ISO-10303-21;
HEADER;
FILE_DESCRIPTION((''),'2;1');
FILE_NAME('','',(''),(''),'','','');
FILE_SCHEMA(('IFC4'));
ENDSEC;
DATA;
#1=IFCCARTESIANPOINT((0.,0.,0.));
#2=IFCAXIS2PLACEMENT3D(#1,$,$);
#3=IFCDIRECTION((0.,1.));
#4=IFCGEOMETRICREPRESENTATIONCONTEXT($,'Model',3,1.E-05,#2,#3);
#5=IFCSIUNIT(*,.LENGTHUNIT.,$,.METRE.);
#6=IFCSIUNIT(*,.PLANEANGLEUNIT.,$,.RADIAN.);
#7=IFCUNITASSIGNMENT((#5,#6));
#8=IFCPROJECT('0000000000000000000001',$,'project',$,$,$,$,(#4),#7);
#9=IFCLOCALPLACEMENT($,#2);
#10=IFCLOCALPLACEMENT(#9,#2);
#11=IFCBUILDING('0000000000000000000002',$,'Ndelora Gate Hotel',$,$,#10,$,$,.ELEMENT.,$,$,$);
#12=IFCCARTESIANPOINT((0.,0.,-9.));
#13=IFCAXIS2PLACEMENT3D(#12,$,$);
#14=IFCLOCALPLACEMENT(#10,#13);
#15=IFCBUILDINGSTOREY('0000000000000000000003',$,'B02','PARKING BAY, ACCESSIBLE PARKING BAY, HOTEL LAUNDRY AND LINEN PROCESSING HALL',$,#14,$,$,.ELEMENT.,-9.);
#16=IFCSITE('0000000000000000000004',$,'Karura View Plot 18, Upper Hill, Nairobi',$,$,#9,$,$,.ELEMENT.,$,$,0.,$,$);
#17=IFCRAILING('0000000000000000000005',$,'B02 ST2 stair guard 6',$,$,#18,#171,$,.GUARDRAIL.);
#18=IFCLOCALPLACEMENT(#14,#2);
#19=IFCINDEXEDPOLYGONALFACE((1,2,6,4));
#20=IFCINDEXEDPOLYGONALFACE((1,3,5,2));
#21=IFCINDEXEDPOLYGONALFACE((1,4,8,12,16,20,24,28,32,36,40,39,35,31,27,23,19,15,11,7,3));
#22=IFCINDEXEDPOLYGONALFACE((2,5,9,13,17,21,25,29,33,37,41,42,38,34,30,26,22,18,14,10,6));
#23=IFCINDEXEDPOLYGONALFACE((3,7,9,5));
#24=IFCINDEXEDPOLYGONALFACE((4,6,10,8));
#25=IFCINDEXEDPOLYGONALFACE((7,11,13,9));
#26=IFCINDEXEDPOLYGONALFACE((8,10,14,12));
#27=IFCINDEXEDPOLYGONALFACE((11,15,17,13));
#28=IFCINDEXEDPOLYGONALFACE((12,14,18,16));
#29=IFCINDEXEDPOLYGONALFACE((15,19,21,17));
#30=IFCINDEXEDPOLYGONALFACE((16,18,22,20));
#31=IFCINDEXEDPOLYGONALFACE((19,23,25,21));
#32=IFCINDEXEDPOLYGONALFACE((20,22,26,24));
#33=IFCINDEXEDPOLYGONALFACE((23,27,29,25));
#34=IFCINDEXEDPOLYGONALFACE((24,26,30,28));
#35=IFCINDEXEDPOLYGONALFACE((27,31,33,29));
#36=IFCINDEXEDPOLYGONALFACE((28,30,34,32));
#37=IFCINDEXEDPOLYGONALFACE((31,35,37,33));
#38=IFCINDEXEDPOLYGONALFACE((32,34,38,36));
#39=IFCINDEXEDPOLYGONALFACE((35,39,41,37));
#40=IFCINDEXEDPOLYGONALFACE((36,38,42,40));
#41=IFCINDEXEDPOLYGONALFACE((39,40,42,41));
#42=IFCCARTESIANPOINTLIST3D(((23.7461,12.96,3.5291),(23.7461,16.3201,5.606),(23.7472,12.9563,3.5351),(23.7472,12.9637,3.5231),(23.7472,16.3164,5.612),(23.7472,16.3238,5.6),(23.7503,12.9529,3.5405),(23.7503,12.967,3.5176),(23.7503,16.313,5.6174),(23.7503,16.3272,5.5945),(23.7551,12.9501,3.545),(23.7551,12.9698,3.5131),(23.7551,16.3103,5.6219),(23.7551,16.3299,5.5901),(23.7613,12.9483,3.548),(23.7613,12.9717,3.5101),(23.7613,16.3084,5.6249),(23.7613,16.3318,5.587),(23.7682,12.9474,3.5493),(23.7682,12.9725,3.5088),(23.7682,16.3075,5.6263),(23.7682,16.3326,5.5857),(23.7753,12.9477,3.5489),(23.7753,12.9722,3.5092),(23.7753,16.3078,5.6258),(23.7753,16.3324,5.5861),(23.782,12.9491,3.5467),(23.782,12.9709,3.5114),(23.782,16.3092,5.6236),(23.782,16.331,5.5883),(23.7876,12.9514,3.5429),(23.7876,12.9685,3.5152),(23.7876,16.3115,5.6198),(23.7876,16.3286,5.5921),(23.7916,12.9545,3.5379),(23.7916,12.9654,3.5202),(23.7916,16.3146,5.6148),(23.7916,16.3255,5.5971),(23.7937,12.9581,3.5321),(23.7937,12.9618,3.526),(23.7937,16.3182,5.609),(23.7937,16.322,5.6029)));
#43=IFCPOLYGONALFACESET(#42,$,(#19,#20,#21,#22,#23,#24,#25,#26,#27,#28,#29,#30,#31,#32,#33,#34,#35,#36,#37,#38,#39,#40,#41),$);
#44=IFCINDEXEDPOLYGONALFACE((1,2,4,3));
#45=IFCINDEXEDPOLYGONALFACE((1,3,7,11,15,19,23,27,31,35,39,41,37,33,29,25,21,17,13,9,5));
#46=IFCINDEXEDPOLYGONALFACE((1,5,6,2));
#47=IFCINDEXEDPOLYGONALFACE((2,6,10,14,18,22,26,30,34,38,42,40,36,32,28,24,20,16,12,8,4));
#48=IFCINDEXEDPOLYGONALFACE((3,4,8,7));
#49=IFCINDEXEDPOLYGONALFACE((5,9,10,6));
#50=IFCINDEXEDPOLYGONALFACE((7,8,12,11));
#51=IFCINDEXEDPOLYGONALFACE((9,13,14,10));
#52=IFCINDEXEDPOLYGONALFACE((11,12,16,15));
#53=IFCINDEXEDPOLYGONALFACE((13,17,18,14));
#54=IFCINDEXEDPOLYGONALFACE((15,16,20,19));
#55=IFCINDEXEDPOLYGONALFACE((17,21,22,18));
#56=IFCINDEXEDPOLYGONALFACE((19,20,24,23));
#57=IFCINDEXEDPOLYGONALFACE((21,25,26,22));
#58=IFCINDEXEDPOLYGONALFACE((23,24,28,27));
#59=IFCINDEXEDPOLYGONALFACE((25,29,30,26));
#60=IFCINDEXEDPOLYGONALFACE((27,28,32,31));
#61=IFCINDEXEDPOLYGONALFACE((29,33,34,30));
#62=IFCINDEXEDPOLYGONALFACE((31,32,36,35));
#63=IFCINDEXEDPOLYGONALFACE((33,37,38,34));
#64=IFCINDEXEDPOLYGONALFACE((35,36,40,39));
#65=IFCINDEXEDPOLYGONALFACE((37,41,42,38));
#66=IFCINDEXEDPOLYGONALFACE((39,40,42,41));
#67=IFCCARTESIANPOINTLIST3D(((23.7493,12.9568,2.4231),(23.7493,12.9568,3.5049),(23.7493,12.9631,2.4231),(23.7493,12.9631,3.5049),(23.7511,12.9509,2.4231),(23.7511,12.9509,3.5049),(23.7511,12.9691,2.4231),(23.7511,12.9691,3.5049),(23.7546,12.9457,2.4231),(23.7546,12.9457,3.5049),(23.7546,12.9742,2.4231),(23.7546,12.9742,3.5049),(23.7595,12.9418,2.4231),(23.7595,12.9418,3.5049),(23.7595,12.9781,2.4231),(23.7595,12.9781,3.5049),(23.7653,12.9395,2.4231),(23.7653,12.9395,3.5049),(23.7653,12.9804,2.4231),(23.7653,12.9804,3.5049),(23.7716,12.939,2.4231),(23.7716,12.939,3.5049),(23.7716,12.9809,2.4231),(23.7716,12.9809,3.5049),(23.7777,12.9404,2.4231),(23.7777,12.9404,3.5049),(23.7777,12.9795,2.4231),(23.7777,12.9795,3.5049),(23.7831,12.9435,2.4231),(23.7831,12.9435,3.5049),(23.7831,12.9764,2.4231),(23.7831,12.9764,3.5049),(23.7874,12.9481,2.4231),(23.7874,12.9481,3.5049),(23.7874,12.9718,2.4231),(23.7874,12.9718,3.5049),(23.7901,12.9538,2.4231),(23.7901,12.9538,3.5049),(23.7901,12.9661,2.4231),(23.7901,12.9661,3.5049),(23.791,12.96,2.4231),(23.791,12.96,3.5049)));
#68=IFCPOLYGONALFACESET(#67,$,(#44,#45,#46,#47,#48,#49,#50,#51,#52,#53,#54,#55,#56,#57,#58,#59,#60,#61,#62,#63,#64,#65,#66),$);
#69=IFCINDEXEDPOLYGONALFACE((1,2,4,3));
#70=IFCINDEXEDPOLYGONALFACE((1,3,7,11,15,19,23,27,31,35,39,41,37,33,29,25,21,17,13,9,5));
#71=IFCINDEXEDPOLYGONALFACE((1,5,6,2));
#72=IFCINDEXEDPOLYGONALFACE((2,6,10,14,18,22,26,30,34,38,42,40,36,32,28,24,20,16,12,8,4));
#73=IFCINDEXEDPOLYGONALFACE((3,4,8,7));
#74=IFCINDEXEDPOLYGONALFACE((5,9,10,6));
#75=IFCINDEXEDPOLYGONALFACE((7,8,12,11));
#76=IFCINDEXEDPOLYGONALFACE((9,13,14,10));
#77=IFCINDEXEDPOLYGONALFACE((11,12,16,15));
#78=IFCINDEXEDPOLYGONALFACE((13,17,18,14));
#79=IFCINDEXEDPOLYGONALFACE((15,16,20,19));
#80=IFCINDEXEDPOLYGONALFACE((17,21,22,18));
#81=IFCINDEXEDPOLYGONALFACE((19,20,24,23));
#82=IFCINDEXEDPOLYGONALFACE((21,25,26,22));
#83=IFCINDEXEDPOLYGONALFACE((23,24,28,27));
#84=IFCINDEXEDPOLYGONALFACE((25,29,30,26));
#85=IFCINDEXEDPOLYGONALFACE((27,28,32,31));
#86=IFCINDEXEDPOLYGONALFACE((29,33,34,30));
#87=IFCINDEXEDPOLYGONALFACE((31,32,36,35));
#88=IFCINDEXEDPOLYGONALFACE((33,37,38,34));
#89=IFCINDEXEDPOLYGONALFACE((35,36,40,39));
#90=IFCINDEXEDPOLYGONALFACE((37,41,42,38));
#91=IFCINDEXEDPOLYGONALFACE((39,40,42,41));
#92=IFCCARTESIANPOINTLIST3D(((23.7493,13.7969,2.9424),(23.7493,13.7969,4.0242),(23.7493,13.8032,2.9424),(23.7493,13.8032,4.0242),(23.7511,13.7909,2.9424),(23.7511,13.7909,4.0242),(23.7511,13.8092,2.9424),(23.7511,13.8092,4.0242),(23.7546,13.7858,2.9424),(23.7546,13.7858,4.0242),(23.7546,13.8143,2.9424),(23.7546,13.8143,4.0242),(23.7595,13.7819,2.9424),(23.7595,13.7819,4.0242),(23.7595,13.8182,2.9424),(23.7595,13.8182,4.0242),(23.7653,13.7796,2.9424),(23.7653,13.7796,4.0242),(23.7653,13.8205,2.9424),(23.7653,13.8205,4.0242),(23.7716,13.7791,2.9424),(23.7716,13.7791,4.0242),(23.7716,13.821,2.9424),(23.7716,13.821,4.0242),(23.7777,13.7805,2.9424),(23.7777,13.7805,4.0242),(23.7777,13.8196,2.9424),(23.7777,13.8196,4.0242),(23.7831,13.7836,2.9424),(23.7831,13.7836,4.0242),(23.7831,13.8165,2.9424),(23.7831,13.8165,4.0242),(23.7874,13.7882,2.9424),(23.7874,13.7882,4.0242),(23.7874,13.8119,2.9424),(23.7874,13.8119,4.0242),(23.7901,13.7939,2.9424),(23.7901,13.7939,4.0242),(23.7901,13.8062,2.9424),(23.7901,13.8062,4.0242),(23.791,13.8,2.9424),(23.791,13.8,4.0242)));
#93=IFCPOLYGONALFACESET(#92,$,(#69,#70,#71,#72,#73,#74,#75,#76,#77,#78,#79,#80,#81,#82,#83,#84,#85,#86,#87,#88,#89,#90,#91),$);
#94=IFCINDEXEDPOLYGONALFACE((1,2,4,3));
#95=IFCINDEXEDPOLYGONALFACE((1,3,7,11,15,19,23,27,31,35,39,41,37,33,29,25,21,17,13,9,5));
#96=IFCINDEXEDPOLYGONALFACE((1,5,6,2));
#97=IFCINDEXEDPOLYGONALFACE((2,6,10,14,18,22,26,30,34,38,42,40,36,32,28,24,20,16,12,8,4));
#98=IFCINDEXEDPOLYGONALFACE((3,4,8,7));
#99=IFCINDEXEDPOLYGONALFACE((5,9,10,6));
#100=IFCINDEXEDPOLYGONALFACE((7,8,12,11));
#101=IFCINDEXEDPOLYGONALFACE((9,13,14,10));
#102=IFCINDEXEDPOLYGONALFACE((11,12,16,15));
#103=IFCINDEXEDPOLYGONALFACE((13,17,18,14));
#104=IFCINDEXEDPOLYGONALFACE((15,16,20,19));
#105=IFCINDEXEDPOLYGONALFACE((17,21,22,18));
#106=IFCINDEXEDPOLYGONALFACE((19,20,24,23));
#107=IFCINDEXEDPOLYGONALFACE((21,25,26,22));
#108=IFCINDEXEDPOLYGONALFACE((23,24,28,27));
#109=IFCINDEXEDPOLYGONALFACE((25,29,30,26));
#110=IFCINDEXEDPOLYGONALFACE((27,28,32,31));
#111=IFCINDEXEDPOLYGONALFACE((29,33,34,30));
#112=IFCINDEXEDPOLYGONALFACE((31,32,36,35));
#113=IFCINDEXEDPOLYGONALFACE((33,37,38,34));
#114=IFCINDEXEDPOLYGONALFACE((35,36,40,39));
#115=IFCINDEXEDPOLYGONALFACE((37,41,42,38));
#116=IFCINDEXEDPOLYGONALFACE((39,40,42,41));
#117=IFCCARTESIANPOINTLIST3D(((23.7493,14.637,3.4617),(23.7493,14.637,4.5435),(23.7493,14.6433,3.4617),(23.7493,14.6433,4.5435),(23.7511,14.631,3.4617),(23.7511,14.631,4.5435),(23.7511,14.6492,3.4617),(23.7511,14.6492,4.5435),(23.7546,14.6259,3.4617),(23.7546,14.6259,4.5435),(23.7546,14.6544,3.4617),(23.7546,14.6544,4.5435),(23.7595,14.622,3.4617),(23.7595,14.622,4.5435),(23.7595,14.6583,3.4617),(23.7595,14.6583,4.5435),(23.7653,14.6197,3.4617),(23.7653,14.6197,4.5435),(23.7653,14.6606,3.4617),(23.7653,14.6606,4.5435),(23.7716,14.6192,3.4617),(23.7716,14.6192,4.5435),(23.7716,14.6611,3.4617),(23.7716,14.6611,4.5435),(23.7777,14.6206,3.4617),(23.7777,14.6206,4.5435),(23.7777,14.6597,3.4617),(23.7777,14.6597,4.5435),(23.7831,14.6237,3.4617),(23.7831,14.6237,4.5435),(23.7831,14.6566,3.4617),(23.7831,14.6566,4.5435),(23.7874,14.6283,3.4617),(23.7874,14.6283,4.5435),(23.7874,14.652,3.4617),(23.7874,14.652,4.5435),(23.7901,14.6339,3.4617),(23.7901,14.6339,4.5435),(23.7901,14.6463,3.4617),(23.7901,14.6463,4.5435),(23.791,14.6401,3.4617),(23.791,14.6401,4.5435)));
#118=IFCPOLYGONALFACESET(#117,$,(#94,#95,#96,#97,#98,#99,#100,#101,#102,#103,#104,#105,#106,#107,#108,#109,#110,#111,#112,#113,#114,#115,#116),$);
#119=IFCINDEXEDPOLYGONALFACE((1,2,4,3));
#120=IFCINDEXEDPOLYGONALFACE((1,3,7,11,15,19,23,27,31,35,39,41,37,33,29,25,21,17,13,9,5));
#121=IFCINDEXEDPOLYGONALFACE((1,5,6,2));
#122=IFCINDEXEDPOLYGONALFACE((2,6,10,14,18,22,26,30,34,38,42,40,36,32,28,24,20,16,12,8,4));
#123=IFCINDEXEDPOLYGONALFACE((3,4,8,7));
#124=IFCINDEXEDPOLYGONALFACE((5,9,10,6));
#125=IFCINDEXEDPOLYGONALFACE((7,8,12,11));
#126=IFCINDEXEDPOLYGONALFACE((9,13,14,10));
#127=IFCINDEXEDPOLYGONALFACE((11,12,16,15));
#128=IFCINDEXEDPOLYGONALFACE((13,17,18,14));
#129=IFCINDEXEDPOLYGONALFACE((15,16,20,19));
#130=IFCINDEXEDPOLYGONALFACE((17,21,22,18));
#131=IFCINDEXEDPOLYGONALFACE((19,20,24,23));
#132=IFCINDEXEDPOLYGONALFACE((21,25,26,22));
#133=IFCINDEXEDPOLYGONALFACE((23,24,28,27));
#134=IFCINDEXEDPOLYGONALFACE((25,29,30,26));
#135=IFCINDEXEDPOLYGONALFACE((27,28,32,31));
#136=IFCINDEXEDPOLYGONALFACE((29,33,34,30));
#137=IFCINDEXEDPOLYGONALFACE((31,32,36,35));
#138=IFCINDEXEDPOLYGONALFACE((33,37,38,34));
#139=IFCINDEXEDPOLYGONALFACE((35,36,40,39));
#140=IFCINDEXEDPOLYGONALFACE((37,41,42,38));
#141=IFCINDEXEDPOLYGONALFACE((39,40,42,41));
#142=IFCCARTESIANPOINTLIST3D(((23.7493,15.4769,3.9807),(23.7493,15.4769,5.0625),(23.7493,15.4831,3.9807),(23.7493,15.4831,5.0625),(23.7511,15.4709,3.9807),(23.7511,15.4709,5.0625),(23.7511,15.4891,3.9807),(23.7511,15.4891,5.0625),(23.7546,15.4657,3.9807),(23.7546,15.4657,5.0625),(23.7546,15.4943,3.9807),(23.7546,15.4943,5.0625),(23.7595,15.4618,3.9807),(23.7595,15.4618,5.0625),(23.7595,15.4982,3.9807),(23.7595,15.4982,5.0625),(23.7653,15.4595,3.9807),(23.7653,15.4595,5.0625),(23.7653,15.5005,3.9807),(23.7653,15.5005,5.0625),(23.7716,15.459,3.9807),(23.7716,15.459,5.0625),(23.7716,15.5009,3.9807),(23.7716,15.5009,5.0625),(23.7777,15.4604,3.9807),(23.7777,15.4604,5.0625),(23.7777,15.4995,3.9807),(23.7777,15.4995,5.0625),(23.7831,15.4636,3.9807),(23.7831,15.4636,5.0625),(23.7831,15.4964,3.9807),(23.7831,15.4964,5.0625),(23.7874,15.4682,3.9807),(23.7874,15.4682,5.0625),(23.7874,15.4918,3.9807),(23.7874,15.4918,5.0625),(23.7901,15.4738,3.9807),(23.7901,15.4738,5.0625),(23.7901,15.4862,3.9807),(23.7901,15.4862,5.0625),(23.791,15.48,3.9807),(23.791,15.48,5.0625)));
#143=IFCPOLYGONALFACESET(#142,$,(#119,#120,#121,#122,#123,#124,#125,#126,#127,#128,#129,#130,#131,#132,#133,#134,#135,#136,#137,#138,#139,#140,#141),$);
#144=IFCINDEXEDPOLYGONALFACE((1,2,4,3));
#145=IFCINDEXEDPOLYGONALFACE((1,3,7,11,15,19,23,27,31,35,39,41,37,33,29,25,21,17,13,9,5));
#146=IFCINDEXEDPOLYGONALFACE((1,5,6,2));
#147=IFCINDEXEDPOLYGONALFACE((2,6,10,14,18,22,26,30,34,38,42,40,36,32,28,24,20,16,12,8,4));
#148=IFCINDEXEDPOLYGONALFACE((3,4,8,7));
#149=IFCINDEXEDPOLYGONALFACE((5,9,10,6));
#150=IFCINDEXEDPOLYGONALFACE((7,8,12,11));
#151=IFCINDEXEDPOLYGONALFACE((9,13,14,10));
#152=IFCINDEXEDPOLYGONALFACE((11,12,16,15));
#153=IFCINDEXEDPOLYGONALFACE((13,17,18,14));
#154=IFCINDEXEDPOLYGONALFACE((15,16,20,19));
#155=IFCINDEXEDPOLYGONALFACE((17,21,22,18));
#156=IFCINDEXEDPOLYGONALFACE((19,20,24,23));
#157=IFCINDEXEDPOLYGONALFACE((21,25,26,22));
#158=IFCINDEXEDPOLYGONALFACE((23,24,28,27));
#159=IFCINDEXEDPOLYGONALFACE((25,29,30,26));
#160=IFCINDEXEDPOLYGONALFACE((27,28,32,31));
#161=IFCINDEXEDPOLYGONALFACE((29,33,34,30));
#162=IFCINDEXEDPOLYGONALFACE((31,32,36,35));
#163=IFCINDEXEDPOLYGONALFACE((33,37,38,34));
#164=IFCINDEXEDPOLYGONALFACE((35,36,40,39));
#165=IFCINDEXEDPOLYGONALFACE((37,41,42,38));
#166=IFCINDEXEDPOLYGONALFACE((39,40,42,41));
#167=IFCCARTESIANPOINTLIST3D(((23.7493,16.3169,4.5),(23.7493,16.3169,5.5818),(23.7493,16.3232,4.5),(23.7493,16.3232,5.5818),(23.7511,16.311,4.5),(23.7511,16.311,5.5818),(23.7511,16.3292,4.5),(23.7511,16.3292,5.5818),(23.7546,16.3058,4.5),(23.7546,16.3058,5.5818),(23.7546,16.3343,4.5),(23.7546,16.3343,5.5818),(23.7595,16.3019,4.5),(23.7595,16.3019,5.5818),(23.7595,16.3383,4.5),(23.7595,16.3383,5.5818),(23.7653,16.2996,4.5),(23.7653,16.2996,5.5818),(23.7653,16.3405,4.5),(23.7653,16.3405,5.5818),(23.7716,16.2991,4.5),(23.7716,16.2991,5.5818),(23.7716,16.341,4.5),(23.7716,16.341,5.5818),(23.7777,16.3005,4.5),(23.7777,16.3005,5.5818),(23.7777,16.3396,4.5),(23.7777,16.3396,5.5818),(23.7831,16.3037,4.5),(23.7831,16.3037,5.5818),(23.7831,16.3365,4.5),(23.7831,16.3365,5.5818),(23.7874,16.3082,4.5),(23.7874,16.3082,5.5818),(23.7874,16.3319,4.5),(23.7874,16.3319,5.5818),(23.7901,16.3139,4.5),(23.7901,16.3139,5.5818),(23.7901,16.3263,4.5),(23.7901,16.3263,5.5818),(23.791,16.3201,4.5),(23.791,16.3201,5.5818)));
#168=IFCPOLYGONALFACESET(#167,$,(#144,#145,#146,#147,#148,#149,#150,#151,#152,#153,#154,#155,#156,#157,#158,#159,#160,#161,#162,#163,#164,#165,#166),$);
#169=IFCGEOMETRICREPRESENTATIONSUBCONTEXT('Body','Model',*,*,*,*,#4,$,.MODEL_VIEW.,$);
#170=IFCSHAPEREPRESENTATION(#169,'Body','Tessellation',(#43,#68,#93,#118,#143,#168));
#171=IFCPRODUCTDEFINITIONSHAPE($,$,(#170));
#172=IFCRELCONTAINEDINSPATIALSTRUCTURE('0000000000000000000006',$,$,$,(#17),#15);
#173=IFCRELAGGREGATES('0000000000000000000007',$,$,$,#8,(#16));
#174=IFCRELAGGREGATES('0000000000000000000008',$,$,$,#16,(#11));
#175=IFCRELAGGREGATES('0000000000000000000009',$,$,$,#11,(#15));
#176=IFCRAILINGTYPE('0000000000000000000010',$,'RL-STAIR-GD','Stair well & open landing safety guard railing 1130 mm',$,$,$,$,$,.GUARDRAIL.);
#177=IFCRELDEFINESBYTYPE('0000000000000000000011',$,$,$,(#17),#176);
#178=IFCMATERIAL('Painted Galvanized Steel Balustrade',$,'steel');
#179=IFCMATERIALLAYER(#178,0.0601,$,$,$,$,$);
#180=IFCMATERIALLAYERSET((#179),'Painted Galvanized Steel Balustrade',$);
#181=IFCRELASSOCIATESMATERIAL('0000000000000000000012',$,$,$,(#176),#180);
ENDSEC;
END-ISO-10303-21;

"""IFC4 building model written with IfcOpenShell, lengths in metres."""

from ifc_helpers import new_model, si_unit, direction, frame, origin, origin_2d, place, context, subcontext, project, spatial, circle, extrude, material, layer, layer_set, type_object, element, save


model = new_model("IFC4")

# Units and contexts
model_context = context("Model", 3, precision=1e-05, world=origin(), true_north=direction((0.0, 1.0)))
body_context = subcontext(model_context, "Body", "Model", "MODEL_VIEW")
ifc_project = project(units=[si_unit("LENGTHUNIT", "METRE"), si_unit("PLANEANGLEUNIT", "RADIAN")], contexts=[model_context])

# Site, building, storey
site_placement = place(None, origin())
site = spatial("IfcSite", under=ifc_project, at=site_placement, Name="Karura View Plot 18, Upper Hill, Nairobi", CompositionType="ELEMENT", RefElevation=0.0)
building_placement = place(site_placement, origin())
building = spatial("IfcBuilding", under=site, at=building_placement, Name="Ndelora Gate Hotel", CompositionType="ELEMENT")
storey_placement = place(building_placement, frame((0.0, 0.0, -9.0)))
storey = spatial("IfcBuildingStorey", under=building, at=storey_placement, Name="B02", Description="PARKING BAY, ACCESSIBLE PARKING BAY, HOTEL LAUNDRY AND LINEN PROCESSING HALL", CompositionType="ELEMENT", Elevation=-9.0)

# Railing
ifc_material_1 = material(Name="Painted Galvanized Steel Balustrade", Category="steel")
ifc_layer_1 = layer(ifc_material_1, 0.0601)
ifc_layer_set_1 = layer_set([ifc_layer_1], Name="Painted Galvanized Steel Balustrade")
railing_type_1 = type_object("IfcRailingType", Name="RL-STAIR-GD", Description="Stair well & open landing safety guard railing 1130 mm", PredefinedType="GUARDRAIL", material=ifc_layer_set_1)
railing_1_placement = place(storey_placement, frame((23.77, 12.96, 2.4231)))
element("IfcRailing", 1, at=railing_1_placement, inside=storey, type_object=railing_type_1, Name="B02 ST2 stair guard 6", PredefinedType="GUARDRAIL", context=body_context, shape_type="SweptSolid", body=[
    extrude(circle(Radius=0.0239, at=origin_2d()), frame((0.0, 0.0, 1.106), z_axis=(0.0, 0.850623, 0.525776), x_axis=(-1.0, 0.0, 0.0)), (0.0, 0.0, 1.0), 3.9502),
    extrude(circle(Radius=0.021, at=origin_2d()), origin(), (0.0, 0.0, 1.0), 1.0818),
    extrude(circle(Radius=0.021, at=origin_2d()), frame((0.0, 0.8401, 0.5193)), (0.0, 0.0, 1.0), 1.0818),
    extrude(circle(Radius=0.021, at=origin_2d()), frame((0.0, 1.6802, 1.0386)), (0.0, 0.0, 1.0), 1.0818),
    extrude(circle(Radius=0.021, at=origin_2d()), frame((0.0, 2.52, 1.5576)), (0.0, 0.0, 1.0), 1.0818),
    extrude(circle(Radius=0.021, at=origin_2d()), frame((0.0, 3.3601, 2.0769)), (0.0, 0.0, 1.0), 1.0818),
])

save(model, "model.ifc")
